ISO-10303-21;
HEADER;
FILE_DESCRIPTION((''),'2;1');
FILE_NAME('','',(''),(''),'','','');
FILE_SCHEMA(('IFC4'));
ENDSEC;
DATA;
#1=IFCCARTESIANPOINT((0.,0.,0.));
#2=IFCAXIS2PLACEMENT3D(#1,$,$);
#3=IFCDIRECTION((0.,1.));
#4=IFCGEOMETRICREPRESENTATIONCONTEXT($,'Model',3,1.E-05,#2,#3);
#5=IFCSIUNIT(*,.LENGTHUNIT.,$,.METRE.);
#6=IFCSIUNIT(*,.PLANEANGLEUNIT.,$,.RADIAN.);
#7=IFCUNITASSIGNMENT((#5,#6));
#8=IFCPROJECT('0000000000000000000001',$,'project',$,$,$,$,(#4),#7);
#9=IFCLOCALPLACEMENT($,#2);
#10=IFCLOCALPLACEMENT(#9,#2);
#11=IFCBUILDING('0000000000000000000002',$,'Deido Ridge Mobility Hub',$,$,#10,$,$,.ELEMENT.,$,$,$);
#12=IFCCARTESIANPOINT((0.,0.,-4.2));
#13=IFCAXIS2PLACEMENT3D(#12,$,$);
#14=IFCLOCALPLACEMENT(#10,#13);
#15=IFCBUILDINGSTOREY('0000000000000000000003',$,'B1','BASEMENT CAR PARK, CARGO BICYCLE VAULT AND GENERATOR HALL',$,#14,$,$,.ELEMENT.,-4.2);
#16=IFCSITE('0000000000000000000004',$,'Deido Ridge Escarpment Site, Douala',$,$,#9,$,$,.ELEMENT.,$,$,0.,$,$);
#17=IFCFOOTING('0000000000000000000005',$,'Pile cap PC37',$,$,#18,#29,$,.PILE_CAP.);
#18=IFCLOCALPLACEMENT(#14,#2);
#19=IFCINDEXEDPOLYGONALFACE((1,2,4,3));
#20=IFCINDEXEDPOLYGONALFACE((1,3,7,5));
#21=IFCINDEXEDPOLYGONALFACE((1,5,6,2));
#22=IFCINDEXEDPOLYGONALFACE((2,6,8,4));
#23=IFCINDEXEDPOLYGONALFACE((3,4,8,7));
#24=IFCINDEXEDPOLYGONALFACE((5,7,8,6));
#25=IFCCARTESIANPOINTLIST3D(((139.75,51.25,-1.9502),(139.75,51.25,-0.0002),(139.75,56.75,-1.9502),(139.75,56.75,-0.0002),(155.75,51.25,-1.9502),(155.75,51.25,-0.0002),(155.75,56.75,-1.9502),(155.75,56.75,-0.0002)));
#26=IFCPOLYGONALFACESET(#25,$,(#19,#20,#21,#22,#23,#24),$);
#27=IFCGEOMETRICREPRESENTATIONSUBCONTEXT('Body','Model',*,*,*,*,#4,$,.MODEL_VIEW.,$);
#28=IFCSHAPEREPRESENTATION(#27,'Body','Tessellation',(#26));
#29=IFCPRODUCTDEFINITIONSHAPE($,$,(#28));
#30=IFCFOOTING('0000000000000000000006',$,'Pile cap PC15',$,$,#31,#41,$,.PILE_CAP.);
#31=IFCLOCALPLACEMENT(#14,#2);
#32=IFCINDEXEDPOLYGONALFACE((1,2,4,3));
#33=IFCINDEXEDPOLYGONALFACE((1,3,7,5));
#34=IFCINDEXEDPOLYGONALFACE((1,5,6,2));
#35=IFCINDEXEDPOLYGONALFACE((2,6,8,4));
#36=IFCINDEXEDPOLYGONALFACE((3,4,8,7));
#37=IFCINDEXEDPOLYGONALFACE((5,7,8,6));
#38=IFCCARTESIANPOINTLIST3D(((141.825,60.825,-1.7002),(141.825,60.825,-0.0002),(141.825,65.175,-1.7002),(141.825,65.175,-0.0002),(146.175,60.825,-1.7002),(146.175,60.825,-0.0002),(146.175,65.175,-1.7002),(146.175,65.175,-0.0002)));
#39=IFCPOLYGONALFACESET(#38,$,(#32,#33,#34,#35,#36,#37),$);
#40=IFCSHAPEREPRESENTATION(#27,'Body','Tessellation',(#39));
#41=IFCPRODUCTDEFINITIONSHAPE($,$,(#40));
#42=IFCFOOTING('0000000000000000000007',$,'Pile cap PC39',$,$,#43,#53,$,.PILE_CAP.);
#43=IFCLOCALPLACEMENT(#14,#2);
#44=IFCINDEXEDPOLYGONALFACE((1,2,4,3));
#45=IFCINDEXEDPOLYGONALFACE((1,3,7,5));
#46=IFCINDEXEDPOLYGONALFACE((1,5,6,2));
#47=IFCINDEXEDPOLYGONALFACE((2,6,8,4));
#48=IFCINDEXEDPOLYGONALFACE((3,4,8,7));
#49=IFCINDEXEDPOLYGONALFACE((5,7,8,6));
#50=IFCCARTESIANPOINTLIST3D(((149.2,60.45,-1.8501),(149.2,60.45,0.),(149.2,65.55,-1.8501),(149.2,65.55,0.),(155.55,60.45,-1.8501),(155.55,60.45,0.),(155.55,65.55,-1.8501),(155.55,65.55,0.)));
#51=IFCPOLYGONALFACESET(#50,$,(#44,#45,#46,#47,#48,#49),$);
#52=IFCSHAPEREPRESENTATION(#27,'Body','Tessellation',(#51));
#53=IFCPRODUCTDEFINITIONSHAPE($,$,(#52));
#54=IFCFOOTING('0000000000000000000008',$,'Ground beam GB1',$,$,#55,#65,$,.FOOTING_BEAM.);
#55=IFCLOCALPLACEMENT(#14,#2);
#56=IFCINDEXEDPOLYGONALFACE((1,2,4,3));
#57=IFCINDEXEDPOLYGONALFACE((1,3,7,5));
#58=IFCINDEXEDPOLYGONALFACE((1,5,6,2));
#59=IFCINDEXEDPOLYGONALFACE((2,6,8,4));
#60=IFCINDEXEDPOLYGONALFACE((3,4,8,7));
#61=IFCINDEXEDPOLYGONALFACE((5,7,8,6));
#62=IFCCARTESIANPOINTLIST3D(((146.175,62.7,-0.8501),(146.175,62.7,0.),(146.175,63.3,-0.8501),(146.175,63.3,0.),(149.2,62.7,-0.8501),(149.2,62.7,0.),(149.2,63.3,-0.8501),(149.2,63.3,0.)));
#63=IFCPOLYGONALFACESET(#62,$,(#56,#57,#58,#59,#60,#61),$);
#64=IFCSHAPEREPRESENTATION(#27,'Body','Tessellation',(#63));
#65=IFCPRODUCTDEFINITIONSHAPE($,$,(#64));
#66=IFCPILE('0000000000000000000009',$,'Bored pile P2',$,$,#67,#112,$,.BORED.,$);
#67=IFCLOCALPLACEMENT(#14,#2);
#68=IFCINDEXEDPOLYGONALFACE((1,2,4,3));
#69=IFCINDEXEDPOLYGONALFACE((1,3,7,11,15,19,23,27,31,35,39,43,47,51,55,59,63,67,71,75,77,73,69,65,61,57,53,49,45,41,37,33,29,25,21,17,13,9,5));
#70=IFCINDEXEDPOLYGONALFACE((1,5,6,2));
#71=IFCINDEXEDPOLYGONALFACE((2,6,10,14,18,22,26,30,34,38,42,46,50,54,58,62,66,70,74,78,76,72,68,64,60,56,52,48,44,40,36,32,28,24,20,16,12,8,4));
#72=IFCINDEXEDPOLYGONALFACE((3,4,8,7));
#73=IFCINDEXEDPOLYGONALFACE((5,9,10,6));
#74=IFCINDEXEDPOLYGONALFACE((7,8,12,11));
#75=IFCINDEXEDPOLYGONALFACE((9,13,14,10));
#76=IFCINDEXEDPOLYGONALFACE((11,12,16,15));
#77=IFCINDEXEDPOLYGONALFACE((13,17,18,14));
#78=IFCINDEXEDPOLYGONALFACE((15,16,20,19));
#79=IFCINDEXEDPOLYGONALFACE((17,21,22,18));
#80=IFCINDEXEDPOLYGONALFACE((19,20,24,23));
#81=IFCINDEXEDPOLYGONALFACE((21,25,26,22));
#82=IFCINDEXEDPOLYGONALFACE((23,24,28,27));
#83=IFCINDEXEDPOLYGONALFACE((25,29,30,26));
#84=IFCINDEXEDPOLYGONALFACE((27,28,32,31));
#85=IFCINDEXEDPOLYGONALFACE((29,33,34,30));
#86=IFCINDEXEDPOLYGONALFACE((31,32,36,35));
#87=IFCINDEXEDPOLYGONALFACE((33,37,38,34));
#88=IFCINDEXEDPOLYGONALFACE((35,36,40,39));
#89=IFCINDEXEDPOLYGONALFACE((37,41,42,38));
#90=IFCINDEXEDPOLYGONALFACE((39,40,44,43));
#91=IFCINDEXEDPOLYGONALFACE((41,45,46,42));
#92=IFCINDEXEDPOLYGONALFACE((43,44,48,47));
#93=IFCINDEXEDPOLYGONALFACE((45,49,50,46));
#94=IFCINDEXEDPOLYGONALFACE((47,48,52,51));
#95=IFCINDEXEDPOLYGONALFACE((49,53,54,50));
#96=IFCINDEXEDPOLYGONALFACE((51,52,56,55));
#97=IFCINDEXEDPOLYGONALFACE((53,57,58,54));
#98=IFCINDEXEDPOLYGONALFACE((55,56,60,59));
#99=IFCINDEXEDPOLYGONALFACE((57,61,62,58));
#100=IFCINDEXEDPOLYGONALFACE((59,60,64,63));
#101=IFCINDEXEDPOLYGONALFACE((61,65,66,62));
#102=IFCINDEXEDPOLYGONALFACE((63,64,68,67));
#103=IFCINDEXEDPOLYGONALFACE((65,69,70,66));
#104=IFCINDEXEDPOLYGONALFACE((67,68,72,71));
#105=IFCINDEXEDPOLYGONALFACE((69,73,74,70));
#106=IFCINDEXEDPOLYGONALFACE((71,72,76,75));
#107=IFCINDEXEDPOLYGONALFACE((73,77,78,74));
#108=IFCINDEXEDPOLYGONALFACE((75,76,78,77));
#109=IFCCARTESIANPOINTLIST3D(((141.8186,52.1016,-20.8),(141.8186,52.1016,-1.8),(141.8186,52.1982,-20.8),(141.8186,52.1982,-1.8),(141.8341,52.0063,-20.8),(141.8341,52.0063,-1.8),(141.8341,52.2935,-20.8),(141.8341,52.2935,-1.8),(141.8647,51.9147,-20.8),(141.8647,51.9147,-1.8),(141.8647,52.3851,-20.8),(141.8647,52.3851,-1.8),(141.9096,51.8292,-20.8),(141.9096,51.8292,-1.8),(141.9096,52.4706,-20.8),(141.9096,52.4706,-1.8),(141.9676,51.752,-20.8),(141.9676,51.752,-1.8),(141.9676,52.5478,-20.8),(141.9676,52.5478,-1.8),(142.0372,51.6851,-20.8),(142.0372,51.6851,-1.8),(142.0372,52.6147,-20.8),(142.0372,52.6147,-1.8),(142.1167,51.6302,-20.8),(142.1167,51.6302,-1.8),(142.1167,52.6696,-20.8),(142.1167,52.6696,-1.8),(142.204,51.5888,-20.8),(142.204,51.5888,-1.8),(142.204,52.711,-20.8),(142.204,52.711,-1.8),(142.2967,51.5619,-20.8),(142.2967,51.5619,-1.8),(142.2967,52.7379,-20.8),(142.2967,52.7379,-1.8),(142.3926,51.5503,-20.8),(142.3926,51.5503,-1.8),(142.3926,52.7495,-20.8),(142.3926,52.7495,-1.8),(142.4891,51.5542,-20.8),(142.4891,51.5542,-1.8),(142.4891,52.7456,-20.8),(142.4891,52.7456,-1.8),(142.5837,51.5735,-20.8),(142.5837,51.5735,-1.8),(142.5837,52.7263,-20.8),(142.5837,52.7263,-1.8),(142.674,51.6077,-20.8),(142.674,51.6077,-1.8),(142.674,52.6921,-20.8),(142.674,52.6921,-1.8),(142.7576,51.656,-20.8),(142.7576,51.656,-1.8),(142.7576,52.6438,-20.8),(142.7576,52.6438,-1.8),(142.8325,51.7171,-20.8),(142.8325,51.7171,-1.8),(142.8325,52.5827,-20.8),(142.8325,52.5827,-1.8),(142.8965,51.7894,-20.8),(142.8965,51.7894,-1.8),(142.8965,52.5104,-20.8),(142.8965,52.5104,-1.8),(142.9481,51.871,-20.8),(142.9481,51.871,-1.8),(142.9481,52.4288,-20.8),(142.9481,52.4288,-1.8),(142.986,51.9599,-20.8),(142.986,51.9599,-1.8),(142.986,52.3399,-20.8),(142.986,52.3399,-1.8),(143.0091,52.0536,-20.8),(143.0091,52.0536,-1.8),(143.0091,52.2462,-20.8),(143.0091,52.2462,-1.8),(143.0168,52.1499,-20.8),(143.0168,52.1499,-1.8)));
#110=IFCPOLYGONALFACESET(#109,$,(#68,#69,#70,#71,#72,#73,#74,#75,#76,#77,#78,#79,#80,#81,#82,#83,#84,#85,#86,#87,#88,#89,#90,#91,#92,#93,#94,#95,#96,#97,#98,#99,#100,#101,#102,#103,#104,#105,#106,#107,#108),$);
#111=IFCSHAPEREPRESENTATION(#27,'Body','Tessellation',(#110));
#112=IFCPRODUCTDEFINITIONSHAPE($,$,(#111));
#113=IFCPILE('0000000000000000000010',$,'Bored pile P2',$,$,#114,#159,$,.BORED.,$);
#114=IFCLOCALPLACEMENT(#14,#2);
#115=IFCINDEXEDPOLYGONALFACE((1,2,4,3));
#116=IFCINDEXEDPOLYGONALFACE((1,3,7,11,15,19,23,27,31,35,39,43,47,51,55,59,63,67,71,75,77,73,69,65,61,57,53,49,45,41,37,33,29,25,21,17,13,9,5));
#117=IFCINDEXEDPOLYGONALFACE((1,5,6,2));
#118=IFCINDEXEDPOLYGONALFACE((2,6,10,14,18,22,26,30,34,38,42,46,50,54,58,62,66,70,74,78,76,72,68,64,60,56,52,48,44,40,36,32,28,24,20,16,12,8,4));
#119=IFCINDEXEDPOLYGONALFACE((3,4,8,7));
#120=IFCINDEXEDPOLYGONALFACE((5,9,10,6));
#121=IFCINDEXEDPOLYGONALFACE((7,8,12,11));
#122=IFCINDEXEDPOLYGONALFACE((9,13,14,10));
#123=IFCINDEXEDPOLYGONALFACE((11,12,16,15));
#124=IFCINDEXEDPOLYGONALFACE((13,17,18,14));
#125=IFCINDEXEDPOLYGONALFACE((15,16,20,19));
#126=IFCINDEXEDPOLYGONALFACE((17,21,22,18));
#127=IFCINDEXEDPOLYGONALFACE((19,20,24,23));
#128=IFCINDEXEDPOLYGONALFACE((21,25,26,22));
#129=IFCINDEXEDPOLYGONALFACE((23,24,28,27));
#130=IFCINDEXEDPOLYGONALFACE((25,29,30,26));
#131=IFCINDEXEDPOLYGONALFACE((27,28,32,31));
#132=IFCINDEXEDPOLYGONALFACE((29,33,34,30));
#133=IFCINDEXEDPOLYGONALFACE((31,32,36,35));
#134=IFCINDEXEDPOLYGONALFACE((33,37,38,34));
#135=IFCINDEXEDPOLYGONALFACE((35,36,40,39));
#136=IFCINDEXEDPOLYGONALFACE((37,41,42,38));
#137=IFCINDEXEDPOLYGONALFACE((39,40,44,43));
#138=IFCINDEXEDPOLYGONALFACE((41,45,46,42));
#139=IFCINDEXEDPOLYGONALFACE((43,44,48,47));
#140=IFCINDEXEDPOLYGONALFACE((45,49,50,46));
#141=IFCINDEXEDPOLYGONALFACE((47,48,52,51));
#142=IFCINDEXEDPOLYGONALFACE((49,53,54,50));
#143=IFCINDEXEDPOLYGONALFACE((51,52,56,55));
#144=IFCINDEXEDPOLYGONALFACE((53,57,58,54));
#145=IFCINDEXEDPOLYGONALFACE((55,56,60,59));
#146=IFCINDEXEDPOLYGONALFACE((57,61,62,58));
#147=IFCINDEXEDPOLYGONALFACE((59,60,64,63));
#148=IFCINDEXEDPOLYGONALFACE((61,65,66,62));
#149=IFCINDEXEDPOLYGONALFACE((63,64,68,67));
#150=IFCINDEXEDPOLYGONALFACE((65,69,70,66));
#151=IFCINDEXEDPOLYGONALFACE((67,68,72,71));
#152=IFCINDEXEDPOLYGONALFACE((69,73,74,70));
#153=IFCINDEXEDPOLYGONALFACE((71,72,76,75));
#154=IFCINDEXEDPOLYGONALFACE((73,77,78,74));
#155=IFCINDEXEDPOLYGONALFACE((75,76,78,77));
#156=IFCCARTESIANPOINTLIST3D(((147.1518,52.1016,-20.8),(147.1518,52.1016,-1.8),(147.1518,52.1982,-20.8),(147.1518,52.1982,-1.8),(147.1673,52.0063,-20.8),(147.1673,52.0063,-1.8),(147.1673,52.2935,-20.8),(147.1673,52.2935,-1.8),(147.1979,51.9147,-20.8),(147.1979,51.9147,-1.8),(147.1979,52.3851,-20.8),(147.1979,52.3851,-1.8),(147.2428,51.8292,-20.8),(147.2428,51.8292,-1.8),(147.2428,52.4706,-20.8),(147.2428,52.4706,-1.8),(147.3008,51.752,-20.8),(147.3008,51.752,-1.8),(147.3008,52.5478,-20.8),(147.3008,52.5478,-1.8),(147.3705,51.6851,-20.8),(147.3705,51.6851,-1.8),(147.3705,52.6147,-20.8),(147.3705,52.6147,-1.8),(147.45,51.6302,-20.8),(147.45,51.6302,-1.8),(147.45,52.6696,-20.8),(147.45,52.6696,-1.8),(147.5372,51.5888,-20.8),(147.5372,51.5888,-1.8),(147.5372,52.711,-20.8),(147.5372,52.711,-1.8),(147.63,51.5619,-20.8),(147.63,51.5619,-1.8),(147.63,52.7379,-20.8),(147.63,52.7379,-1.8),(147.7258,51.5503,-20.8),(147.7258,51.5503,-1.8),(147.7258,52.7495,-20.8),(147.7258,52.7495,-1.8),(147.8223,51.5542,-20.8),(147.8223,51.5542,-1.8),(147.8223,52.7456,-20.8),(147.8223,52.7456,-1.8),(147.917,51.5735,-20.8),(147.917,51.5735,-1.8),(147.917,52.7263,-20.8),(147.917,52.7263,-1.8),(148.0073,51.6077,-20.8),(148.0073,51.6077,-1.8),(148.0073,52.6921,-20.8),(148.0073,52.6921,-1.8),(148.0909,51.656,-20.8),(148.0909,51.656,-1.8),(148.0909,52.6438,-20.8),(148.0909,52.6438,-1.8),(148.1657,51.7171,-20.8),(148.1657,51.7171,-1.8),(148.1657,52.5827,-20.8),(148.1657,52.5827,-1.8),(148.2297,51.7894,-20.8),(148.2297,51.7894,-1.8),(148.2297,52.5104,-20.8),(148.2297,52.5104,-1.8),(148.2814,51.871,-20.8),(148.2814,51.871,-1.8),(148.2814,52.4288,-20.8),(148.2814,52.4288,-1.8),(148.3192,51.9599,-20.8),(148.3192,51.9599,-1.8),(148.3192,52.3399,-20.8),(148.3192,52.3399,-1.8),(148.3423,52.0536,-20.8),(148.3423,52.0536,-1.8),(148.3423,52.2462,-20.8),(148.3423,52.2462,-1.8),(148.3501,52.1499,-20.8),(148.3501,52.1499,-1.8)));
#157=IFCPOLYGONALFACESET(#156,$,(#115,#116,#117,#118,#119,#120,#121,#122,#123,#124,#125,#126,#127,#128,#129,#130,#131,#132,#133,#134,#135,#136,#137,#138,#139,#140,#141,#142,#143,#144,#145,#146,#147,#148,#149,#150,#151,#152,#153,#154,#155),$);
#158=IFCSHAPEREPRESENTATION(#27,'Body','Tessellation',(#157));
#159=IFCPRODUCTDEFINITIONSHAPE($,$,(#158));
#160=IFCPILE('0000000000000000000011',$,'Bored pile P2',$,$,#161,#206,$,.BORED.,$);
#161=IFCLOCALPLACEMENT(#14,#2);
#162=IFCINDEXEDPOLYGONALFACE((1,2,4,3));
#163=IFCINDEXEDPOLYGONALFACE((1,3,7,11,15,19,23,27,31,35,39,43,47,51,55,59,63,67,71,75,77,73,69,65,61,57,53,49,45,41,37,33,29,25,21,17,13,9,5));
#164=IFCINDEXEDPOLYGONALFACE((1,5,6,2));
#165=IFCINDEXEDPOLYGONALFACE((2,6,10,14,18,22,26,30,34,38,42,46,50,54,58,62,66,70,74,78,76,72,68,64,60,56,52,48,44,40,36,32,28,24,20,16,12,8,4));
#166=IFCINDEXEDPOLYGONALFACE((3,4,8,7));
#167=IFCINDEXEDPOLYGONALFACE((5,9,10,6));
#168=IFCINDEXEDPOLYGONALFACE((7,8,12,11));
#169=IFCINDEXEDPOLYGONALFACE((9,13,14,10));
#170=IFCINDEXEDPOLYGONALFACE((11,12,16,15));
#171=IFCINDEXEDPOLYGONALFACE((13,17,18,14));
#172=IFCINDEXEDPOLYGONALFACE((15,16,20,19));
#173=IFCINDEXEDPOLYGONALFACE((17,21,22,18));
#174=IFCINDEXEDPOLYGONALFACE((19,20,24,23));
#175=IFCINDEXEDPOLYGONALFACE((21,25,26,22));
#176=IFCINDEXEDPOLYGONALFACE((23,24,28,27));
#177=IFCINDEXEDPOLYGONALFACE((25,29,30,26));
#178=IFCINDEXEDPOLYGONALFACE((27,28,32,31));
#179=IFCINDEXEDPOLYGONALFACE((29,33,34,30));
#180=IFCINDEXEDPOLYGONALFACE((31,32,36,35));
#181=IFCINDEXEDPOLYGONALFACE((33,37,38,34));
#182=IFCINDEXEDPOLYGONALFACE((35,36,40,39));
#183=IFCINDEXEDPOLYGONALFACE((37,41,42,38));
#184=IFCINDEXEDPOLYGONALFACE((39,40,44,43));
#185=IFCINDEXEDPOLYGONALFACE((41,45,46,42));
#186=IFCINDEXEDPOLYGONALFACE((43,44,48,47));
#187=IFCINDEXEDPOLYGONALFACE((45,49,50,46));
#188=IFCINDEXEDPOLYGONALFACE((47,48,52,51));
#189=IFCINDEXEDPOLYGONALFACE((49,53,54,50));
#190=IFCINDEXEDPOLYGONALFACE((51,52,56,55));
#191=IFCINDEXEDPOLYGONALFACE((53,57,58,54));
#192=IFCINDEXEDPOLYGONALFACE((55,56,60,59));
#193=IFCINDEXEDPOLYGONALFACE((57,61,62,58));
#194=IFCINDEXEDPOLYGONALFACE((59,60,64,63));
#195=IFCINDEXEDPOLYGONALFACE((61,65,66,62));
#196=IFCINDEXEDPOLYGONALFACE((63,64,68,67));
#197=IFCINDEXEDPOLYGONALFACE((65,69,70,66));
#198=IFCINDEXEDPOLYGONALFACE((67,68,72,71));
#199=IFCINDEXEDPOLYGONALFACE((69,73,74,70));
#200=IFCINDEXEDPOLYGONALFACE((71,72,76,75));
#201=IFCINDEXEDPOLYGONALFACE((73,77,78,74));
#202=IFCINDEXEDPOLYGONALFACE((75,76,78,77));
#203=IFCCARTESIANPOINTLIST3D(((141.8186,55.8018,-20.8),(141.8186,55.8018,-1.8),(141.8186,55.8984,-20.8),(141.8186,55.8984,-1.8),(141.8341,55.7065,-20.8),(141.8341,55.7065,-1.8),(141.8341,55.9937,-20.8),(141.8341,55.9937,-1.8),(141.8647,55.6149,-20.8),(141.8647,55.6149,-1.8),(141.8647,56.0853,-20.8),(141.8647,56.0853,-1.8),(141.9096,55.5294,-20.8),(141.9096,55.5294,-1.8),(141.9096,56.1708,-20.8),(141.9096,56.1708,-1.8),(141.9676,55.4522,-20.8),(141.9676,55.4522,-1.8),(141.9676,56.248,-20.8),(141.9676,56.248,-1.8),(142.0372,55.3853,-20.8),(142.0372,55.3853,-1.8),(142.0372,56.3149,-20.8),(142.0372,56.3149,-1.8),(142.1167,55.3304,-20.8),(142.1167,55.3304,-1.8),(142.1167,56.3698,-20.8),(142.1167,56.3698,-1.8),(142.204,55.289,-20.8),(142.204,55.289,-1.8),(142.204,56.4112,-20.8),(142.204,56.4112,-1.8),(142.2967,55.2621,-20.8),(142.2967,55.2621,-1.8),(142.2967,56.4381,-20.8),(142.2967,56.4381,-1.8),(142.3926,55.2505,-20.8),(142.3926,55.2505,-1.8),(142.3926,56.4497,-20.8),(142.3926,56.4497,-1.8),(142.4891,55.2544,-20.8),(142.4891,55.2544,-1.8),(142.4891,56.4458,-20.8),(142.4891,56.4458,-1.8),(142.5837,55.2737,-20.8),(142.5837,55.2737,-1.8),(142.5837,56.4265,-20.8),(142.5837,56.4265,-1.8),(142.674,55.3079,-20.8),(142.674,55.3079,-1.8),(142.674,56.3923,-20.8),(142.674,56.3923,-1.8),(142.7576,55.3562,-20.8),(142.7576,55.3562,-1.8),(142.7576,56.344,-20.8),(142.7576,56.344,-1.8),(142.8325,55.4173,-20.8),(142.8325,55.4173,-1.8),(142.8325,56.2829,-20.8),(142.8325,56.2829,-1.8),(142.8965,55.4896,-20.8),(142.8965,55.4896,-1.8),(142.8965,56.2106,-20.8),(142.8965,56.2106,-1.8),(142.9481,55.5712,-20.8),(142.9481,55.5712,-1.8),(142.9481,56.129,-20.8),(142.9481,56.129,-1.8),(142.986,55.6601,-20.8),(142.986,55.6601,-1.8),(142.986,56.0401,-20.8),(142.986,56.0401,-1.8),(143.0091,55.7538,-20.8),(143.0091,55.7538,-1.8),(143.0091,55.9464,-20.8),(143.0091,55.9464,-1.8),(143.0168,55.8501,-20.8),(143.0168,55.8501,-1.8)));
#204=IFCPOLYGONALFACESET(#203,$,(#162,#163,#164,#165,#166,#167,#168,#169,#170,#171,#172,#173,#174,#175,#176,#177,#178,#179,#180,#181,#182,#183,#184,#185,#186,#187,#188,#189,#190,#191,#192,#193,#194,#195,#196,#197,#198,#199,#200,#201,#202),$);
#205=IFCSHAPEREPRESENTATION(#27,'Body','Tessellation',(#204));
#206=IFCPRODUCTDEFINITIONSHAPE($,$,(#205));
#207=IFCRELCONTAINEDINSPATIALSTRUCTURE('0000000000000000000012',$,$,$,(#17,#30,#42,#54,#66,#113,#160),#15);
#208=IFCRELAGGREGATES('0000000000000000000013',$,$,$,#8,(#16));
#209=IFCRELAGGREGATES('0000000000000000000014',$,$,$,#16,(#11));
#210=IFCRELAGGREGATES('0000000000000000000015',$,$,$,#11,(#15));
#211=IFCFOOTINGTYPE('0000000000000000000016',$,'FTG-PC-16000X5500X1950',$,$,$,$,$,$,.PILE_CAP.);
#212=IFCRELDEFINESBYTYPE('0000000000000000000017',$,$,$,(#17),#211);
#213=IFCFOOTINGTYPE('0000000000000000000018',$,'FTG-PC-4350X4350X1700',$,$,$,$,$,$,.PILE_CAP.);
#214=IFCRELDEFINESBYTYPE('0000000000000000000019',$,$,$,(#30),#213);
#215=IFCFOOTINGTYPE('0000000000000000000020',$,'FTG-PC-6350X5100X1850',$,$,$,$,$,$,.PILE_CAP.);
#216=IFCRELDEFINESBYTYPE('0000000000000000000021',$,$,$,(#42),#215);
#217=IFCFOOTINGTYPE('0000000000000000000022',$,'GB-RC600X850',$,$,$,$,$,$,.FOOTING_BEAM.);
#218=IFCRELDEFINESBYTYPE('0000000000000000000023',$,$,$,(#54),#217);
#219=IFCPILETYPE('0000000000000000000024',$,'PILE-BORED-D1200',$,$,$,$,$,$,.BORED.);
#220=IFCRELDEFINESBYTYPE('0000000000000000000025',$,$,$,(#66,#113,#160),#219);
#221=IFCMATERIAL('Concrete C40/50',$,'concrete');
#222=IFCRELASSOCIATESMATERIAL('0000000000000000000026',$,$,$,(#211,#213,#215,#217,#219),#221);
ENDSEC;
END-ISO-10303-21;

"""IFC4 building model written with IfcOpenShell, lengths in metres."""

from ifc_helpers import new_model, si_unit, direction, frame, origin, origin_2d, place, context, subcontext, project, spatial, rectangle, circle, extrude, material, material_profile, profile_set, type_object, element, save


model = new_model("IFC4")

# Units and contexts
model_context = context("Model", 3, precision=1e-05, world=origin(), true_north=direction((0.0, 1.0)))
body_context = subcontext(model_context, "Body", "Model", "MODEL_VIEW")
ifc_project = project(units=[si_unit("LENGTHUNIT", "METRE"), si_unit("PLANEANGLEUNIT", "RADIAN")], contexts=[model_context])

# Site, building, storey
site_placement = place(None, origin())
site = spatial("IfcSite", under=ifc_project, at=site_placement, Name="Deido Ridge Escarpment Site, Douala", CompositionType="ELEMENT", RefElevation=0.0)
building_placement = place(site_placement, origin())
building = spatial("IfcBuilding", under=site, at=building_placement, Name="Deido Ridge Mobility Hub", CompositionType="ELEMENT")
storey_placement = place(building_placement, frame((0.0, 0.0, -4.2)))
storey = spatial("IfcBuildingStorey", under=building, at=storey_placement, Name="B1", Description="BASEMENT CAR PARK, CARGO BICYCLE VAULT AND GENERATOR HALL", CompositionType="ELEMENT", Elevation=-4.2)

# Footings
ifc_material_1 = material(Name="Concrete C40/50", Category="concrete")
footing_type_1 = type_object("IfcFootingType", Name="FTG-PC-16000X5500X1950", PredefinedType="PILE_CAP", material=ifc_material_1)
footing_1_placement = place(storey_placement, frame((147.75, 54.0, -1.9502), z_axis=(0.0, 0.0, 1.0), x_axis=(1.0, 0.0, 0.0)))
element("IfcFooting", 1, at=footing_1_placement, inside=storey, type_object=footing_type_1, Name="Pile cap PC37", PredefinedType="PILE_CAP", context=body_context, shape_type="SweptSolid", body=[
    extrude(rectangle(XDim=16.0, YDim=5.5, at=origin_2d()), origin(), (0.0, 0.0, 1.0), 1.95),
])
footing_type_2 = type_object("IfcFootingType", Name="FTG-PC-4350X4350X1700", PredefinedType="PILE_CAP", material=ifc_material_1)
footing_2_placement = place(storey_placement, frame((144.0, 63.0, -1.7002), z_axis=(0.0, 0.0, 1.0), x_axis=(1.0, 0.0, 0.0)))
element("IfcFooting", 2, at=footing_2_placement, inside=storey, type_object=footing_type_2, Name="Pile cap PC15", PredefinedType="PILE_CAP", context=body_context, shape_type="SweptSolid", body=[
    extrude(rectangle(XDim=4.3501, YDim=4.3501, at=origin_2d()), origin(), (0.0, 0.0, 1.0), 1.7),
])
footing_type_3 = type_object("IfcFootingType", Name="FTG-PC-6350X5100X1850", PredefinedType="PILE_CAP", material=ifc_material_1)
footing_3_placement = place(storey_placement, frame((152.375, 63.0, -1.8501), z_axis=(0.0, 0.0, 1.0), x_axis=(1.0, 0.0, 0.0)))
element("IfcFooting", 3, at=footing_3_placement, inside=storey, type_object=footing_type_3, Name="Pile cap PC39", PredefinedType="PILE_CAP", context=body_context, shape_type="SweptSolid", body=[
    extrude(rectangle(XDim=6.3501, YDim=5.1001, at=origin_2d()), origin(), (0.0, 0.0, 1.0), 1.8501),
])
ifc_material_profile_1 = material_profile(ifc_material_1, rectangle(XDim=0.6001, YDim=0.8501, at=origin_2d()), Name="RC GB 600x850")
ifc_profile_set_1 = profile_set([ifc_material_profile_1], Name="Concrete C40/50")
footing_type_4 = type_object("IfcFootingType", Name="GB-RC600X850", PredefinedType="FOOTING_BEAM", material=ifc_profile_set_1)
footing_4_placement = place(storey_placement, frame((146.175, 63.0, -0.425), z_axis=(1.0, 0.0, 0.0), x_axis=(0.0, 1.0, 0.0)))
element("IfcFooting", 4, at=footing_4_placement, inside=storey, type_object=footing_type_4, Name="Ground beam GB1", PredefinedType="FOOTING_BEAM", context=body_context, shape_type="SweptSolid", body=[
    extrude(rectangle(XDim=0.6001, YDim=0.8501, at=origin_2d()), origin(), (0.0, 0.0, 1.0), 3.0249),
])

# Piles
ifc_material_profile_2 = material_profile(ifc_material_1, circle(Radius=0.6001, at=origin_2d()), Name="BORED PILE D1200")
ifc_profile_set_2 = profile_set([ifc_material_profile_2], Name="Concrete C40/50")
pile_type_1 = type_object("IfcPileType", Name="PILE-BORED-D1200", PredefinedType="BORED", material=ifc_profile_set_2)
for number, where, z_axis, x_axis, name in (
    (5, (142.4167, 52.1499, -1.8), (0.0, 0.0, -1.0), (1.0, 0.0, 0.0), "Bored pile P2"),
    (6, (147.75, 52.1499, -1.8), (0.0, 0.0, -1.0), (1.0, 0.0, 0.0), "Bored pile P2"),
    (7, (142.4167, 55.8501, -1.8), (0.0, 0.0, -1.0), (1.0, 0.0, 0.0), "Bored pile P2"),
):
    element("IfcPile", number, at=place(storey_placement, frame(where, z_axis=z_axis, x_axis=x_axis)), inside=storey, type_object=pile_type_1, Name=name, PredefinedType="BORED", context=body_context, shape_type="SweptSolid", body=[
        extrude(circle(Radius=0.6001, at=origin_2d()), origin(), (0.0, 0.0, 1.0), 19.0),
    ])

save(model, "model.ifc")
